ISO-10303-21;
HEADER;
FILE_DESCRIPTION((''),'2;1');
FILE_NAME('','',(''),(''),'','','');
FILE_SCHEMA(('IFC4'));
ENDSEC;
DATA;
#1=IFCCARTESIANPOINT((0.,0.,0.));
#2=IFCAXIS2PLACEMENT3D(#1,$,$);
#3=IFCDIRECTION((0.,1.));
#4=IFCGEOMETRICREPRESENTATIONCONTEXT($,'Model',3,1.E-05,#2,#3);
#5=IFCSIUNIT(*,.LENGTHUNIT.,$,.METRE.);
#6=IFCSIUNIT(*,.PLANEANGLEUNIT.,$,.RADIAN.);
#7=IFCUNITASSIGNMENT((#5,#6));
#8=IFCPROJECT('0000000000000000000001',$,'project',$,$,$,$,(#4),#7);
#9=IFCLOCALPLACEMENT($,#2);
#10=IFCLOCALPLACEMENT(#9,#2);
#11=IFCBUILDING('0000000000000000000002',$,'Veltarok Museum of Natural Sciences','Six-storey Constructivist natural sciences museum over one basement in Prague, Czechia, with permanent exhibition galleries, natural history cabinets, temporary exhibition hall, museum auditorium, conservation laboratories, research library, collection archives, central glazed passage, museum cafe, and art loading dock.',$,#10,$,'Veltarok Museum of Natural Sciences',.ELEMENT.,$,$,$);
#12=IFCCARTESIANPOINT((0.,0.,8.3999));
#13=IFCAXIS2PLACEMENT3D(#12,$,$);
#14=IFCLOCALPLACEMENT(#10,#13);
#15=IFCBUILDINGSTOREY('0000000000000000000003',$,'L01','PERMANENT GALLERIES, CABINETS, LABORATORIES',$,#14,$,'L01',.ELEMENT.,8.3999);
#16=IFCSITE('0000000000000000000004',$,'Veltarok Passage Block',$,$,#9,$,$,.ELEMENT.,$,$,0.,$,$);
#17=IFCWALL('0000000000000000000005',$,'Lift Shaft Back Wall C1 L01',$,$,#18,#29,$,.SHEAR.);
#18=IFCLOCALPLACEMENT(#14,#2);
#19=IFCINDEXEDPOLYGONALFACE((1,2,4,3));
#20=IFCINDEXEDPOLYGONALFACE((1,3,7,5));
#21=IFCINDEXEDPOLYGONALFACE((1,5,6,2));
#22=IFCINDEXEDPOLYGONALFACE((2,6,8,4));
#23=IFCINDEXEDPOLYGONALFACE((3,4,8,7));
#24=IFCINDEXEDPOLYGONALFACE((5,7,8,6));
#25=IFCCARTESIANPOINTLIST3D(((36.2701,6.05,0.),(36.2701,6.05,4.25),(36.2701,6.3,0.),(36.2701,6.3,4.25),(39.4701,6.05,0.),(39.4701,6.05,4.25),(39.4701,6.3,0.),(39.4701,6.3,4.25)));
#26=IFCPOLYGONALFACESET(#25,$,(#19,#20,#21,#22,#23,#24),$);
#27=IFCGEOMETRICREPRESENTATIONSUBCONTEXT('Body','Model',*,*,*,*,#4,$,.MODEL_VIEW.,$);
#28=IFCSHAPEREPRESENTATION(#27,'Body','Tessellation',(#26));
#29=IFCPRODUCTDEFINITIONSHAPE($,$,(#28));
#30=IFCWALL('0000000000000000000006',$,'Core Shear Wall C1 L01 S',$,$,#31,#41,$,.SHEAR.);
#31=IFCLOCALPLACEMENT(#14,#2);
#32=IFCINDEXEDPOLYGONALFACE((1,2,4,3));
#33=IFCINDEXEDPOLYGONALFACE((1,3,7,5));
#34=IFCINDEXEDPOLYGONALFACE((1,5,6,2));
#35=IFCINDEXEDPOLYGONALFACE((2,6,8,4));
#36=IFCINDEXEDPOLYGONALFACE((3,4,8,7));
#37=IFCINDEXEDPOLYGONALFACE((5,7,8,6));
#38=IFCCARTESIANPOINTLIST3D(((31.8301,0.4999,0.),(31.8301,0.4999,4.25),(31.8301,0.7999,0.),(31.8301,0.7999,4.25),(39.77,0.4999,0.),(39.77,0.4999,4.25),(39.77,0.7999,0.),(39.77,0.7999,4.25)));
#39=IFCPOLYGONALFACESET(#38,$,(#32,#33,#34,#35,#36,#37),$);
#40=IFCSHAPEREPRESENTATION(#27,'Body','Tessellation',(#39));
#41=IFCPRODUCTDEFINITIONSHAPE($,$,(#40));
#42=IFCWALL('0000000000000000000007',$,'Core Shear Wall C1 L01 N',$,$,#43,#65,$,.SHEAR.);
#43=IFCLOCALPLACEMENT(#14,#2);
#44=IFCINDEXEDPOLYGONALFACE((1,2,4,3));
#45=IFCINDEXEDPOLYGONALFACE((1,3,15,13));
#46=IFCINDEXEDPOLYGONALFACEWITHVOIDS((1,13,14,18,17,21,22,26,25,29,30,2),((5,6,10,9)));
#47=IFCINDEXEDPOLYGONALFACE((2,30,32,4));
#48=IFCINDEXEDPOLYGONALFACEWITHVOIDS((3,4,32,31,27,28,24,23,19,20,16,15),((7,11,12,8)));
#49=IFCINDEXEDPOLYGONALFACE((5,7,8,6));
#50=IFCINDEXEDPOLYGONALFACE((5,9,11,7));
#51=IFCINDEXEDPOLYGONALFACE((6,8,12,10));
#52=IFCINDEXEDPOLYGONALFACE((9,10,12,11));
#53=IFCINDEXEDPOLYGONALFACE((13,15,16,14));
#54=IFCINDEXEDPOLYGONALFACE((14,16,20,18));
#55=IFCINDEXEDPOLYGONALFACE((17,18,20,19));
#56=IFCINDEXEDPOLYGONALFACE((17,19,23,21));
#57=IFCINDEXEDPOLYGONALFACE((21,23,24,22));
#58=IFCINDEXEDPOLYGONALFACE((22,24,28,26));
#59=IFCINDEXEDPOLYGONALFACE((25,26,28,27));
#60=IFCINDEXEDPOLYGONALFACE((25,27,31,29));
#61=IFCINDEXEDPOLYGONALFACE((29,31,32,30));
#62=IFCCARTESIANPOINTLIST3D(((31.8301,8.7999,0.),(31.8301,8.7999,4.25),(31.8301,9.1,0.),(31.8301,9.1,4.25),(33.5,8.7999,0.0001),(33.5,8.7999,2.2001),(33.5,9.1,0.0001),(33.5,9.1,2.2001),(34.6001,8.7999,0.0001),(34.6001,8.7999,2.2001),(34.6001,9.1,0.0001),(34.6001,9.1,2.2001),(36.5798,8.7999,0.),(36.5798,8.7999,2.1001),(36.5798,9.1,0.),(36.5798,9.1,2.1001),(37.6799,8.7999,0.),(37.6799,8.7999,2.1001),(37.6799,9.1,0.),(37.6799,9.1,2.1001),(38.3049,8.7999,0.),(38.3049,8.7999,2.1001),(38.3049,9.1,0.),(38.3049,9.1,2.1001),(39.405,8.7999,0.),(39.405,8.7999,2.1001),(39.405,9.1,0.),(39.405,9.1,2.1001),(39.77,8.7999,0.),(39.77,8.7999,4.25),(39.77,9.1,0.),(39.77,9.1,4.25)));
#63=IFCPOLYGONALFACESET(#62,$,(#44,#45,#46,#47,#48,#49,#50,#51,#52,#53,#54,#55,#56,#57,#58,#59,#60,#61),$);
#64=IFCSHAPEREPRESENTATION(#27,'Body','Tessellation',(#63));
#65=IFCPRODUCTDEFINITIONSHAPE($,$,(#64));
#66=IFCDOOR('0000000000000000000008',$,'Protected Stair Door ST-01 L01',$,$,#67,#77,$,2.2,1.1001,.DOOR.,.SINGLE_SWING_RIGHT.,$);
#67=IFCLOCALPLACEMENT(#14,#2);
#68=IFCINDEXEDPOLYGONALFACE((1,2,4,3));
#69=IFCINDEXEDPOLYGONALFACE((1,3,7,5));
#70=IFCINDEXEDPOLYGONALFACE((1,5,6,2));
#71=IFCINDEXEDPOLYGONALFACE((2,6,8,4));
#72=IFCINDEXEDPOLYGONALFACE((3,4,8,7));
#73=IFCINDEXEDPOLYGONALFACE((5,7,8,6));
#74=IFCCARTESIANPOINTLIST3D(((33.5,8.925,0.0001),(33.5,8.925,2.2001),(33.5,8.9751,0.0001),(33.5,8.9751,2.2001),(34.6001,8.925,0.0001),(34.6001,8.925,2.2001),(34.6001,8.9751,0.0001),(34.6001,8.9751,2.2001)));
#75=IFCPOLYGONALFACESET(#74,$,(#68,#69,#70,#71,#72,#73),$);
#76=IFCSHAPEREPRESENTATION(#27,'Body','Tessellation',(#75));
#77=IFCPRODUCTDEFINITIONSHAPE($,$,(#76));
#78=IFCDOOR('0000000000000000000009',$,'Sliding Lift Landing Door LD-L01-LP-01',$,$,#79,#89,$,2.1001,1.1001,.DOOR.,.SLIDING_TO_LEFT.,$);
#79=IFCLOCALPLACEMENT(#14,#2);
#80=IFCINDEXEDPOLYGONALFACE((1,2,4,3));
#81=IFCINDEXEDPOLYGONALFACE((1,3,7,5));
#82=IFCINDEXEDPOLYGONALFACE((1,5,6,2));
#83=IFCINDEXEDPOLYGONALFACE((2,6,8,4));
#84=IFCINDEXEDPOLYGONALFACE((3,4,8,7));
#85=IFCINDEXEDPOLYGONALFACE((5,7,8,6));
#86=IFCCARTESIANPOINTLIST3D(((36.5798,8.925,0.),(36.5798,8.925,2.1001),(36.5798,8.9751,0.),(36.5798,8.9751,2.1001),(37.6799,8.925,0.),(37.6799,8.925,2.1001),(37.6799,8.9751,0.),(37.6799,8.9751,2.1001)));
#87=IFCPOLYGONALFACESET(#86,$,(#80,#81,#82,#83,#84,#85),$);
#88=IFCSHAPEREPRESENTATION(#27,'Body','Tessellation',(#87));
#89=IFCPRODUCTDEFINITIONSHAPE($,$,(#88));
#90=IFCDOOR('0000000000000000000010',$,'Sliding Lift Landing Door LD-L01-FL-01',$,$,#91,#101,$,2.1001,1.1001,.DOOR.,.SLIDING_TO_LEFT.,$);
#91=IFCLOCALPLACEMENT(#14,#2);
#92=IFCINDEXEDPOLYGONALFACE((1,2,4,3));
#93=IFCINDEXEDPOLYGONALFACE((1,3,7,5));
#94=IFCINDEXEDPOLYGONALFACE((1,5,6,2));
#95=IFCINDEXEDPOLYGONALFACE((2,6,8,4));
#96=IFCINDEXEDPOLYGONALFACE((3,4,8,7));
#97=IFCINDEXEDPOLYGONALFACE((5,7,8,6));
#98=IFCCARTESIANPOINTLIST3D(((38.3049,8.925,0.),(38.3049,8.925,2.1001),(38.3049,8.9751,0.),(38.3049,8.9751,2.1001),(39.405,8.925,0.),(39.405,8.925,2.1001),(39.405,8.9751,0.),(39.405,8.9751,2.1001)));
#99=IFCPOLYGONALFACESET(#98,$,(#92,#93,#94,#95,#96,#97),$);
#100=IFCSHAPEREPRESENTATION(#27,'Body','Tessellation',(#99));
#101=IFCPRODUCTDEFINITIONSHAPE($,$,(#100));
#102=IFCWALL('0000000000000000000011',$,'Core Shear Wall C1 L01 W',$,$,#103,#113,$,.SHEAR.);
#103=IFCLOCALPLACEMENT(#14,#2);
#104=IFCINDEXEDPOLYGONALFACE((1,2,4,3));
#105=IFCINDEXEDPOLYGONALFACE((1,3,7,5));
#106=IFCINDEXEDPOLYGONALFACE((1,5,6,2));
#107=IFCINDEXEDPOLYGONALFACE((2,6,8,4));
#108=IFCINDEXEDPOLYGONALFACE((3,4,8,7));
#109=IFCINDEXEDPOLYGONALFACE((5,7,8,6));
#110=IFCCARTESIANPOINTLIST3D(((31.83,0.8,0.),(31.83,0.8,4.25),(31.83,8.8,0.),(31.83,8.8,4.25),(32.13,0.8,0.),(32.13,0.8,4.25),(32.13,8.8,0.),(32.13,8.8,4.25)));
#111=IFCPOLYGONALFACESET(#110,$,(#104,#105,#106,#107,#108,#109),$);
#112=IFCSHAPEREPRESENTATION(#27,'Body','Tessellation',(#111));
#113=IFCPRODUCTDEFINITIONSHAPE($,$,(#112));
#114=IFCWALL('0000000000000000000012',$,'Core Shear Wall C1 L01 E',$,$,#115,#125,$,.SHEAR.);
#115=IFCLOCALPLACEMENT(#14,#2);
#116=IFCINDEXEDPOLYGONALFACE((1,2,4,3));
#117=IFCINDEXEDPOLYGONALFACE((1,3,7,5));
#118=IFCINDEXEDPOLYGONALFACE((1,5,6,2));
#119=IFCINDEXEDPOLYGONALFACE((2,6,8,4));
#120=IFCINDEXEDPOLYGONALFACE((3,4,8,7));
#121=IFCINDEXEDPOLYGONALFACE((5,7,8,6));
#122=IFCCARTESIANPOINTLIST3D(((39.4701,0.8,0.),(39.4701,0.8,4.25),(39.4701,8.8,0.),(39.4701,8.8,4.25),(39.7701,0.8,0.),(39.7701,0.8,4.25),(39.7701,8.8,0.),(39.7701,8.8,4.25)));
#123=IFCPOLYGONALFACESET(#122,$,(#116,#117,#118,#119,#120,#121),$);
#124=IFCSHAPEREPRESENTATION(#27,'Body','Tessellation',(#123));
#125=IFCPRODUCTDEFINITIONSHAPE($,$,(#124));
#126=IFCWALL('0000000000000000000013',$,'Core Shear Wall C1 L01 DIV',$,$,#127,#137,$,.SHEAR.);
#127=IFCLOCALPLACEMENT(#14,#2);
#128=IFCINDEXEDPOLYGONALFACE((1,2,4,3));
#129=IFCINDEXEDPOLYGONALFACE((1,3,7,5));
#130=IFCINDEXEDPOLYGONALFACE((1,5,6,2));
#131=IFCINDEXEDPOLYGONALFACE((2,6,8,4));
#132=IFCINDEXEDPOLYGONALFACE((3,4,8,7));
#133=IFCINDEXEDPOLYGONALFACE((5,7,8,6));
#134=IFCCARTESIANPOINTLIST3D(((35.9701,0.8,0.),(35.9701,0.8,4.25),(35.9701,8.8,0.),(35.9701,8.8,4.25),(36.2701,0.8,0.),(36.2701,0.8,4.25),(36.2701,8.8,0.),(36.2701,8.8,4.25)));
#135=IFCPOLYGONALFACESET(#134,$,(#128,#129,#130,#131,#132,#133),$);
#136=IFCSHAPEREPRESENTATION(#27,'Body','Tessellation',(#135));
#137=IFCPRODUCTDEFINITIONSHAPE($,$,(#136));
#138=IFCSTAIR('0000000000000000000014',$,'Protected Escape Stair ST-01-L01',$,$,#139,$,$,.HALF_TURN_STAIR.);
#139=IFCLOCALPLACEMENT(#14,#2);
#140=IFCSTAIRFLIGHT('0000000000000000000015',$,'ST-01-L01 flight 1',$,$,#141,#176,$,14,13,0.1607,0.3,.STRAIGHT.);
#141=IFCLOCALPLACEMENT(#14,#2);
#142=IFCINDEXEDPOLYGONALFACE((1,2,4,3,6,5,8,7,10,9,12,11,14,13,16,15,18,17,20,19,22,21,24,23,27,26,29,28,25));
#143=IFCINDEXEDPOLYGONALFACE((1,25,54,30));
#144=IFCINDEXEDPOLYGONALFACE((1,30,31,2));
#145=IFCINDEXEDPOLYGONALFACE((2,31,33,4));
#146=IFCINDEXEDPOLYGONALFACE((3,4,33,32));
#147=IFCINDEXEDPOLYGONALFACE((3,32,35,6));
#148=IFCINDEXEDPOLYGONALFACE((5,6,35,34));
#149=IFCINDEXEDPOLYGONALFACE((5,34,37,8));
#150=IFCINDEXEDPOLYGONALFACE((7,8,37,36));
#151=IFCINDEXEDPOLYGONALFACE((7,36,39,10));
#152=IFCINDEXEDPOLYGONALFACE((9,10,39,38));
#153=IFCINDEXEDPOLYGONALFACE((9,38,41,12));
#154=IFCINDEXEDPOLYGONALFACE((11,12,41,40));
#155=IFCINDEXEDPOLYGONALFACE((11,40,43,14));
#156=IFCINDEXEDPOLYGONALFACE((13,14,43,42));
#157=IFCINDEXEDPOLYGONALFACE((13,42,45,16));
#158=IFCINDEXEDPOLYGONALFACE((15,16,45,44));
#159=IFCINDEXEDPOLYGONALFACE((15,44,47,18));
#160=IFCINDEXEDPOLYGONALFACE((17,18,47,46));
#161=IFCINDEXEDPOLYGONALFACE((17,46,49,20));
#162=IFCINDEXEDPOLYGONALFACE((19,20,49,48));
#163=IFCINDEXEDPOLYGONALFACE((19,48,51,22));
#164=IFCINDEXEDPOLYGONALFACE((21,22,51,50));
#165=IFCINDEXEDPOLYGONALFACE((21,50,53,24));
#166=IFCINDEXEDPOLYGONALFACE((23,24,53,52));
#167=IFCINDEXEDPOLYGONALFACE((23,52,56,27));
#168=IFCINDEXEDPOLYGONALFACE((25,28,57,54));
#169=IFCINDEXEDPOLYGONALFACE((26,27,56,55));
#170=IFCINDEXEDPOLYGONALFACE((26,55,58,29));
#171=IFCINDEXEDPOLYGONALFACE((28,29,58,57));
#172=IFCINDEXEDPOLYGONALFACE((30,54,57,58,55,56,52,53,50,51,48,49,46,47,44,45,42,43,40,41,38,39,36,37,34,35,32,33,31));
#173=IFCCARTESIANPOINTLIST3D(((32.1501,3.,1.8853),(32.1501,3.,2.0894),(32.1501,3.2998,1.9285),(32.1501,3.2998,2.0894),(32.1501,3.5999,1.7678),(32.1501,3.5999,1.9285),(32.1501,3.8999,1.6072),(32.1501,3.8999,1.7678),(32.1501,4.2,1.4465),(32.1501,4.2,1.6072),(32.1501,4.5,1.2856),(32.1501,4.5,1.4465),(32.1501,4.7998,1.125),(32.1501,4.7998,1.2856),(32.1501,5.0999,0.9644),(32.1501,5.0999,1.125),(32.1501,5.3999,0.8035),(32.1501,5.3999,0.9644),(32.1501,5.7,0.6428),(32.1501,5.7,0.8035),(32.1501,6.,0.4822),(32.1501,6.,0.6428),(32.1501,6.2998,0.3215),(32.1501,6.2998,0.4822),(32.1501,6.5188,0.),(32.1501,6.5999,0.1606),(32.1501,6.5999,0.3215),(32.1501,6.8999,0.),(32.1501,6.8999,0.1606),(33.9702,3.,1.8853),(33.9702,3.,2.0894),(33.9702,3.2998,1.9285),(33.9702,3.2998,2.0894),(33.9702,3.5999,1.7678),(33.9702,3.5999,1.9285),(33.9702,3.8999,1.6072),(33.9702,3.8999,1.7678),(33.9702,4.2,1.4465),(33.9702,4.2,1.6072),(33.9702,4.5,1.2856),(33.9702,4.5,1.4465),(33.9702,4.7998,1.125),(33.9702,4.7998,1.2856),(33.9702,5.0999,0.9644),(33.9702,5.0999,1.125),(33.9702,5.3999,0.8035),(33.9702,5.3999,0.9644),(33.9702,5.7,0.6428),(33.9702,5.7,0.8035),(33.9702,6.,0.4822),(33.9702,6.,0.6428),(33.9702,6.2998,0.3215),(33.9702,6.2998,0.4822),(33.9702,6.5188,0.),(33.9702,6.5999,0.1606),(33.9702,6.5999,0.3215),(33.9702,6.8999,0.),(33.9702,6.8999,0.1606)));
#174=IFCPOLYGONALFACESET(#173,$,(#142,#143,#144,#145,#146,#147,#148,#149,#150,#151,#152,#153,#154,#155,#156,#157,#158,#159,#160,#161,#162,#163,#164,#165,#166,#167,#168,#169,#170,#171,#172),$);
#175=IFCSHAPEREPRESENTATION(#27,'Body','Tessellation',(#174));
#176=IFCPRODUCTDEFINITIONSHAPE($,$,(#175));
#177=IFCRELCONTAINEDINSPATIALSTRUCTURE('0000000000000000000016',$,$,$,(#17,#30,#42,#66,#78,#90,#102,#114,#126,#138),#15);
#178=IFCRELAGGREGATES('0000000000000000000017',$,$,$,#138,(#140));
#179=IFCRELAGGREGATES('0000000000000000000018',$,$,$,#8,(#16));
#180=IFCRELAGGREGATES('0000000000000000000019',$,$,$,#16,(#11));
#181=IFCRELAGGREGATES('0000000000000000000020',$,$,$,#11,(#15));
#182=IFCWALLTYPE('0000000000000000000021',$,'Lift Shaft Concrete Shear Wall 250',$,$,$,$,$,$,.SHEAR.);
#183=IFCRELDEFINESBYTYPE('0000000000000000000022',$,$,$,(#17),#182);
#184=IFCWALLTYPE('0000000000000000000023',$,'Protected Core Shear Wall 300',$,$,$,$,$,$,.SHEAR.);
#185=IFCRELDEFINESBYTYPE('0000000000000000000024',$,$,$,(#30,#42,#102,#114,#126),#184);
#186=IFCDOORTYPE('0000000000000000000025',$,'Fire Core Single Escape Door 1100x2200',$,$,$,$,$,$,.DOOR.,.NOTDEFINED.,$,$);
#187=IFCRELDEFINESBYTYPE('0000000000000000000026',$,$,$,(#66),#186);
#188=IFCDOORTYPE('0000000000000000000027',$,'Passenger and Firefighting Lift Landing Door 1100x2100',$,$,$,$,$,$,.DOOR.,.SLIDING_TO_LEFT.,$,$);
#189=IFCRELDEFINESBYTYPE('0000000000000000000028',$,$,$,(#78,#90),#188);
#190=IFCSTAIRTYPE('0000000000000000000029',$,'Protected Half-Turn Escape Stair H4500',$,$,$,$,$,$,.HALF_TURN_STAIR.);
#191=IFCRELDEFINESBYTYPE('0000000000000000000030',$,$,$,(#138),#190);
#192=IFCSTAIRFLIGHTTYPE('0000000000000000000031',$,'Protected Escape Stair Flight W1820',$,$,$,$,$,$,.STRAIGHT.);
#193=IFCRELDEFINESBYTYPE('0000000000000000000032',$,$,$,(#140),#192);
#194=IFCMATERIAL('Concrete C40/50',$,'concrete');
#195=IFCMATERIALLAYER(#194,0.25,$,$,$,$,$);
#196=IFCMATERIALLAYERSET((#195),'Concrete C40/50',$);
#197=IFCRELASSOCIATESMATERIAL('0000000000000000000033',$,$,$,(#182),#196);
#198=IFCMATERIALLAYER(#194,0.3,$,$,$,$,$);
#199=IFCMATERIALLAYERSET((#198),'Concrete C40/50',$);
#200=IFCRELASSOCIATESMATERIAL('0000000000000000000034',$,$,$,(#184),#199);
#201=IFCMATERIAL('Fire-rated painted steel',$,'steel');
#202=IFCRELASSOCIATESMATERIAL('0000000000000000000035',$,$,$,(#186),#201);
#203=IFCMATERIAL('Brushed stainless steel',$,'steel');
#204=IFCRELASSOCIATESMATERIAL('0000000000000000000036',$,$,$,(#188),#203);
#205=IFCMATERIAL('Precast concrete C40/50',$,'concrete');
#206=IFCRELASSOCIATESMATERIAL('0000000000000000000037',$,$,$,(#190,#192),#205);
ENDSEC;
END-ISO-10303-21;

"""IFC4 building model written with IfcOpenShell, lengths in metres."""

from ifc_helpers import new_model, si_unit, direction, frame, frame_2d, origin, place, context, subcontext, project, spatial, polyline, rectangle, outline, extrude, material, layer, layer_set, type_object, element, fill, aggregate, save


model = new_model("IFC4")

# Units and contexts
model_context = context("Model", 3, precision=1e-05, world=origin(), true_north=direction((0.0, 1.0)))
body_context = subcontext(model_context, "Body", "Model", "MODEL_VIEW")
ifc_project = project(units=[si_unit("LENGTHUNIT", "METRE"), si_unit("PLANEANGLEUNIT", "RADIAN")], contexts=[model_context])

# Site, building, storey
site_placement = place(None, origin())
site = spatial("IfcSite", under=ifc_project, at=site_placement, Name="Veltarok Passage Block", CompositionType="ELEMENT", RefElevation=0.0)
building_placement = place(site_placement, origin())
building = spatial("IfcBuilding", under=site, at=building_placement, Name="Veltarok Museum of Natural Sciences", Description="Six-storey Constructivist natural sciences museum over one basement in Prague, Czechia, with permanent exhibition galleries, natural history cabinets, temporary exhibition hall, museum auditorium, conservation laboratories, research library, collection archives, central glazed passage, museum cafe, and art loading dock.", LongName="Veltarok Museum of Natural Sciences", CompositionType="ELEMENT")
storey_placement = place(building_placement, frame((0.0, 0.0, 8.3999)))
storey = spatial("IfcBuildingStorey", under=building, at=storey_placement, Name="L01", Description="PERMANENT GALLERIES, CABINETS, LABORATORIES", LongName="L01", CompositionType="ELEMENT", Elevation=8.3999)

# Shared definitions
ifc_material_1 = material(Name="Concrete C40/50", Category="concrete")

# Walls
ifc_material_2 = material(Name="Precast concrete C40/50", Category="concrete")
ifc_layer_1 = layer(ifc_material_1, 0.25)
ifc_layer_set_1 = layer_set([ifc_layer_1], Name="Concrete C40/50")
wall_type_1 = type_object("IfcWallType", Name="Lift Shaft Concrete Shear Wall 250", PredefinedType="SHEAR", material=ifc_layer_set_1)
wall_1_placement = place(storey_placement, frame((36.27, 6.175, 0.0), z_axis=(0.0, 0.0, 1.0), x_axis=(1.0, 0.0, 0.0)))
element("IfcWall", 1, at=wall_1_placement, inside=storey, type_object=wall_type_1, Name="Lift Shaft Back Wall C1 L01", PredefinedType="SHEAR", context=body_context, shape_type="SweptSolid", body=[
    extrude(rectangle(XDim=3.2, YDim=0.25, at=frame_2d((1.6001, 0.0))), origin(), (0.0, 0.0, 1.0), 4.25),
])
ifc_layer_2 = layer(ifc_material_1, 0.3)
ifc_layer_set_2 = layer_set([ifc_layer_2], Name="Concrete C40/50")
wall_type_2 = type_object("IfcWallType", Name="Protected Core Shear Wall 300", PredefinedType="SHEAR", material=ifc_layer_set_2)
wall_2_placement = place(storey_placement, frame((31.8301, 0.6499, 0.0), z_axis=(0.0, 0.0, 1.0), x_axis=(1.0, 0.0, 0.0)))
element("IfcWall", 2, at=wall_2_placement, inside=storey, type_object=wall_type_2, Name="Core Shear Wall C1 L01 S", PredefinedType="SHEAR", context=body_context, shape_type="SweptSolid", body=[
    extrude(rectangle(XDim=7.9399, YDim=0.3, at=frame_2d((3.97, 0.0))), origin(), (0.0, 0.0, 1.0), 4.25),
])

# Wall, openings, doors
wall_3_placement = place(storey_placement, frame((39.77, 8.95, 0.0), z_axis=(0.0, 0.0, 1.0), x_axis=(-1.0, 0.0, 0.0)))
wall_3 = element("IfcWall", 3, at=wall_3_placement, inside=storey, type_object=wall_type_2, Name="Core Shear Wall C1 L01 N", PredefinedType="SHEAR", context=body_context, shape_type="SweptSolid", body=[
    extrude(rectangle(XDim=7.9399, YDim=0.3, at=frame_2d((3.97, 0.0))), origin(), (0.0, 0.0, 1.0), 4.25),
])
opening_1_placement = place(wall_3_placement, frame((5.1699, 0.0, 0.0)))
opening_1 = element("IfcOpeningElement", 4, at=opening_1_placement, cuts=wall_3, PredefinedType="OPENING", context=body_context, shape_type="SweptSolid", body=[
    extrude(rectangle(XDim=1.1001, YDim=2.2, at=frame_2d((0.55, 1.1001))), frame((0.0, 0.1602, 0.0), z_axis=(0.0, -1.0, 0.0), x_axis=(1.0, 0.0, 0.0)), (0.0, 0.0, 1.0), 0.3201),
])
opening_2_placement = place(wall_3_placement, frame((2.0901, 0.0, 0.0)))
opening_2 = element("IfcOpeningElement", 5, at=opening_2_placement, cuts=wall_3, PredefinedType="OPENING", context=body_context, shape_type="SweptSolid", body=[
    extrude(rectangle(XDim=1.1001, YDim=2.1001, at=frame_2d((0.55, 1.05))), frame((0.0, 0.1602, 0.0), z_axis=(0.0, -1.0, 0.0), x_axis=(1.0, 0.0, 0.0)), (0.0, 0.0, 1.0), 0.3201),
])
opening_3_placement = place(wall_3_placement, frame((0.365, 0.0, 0.0)))
opening_3 = element("IfcOpeningElement", 6, at=opening_3_placement, cuts=wall_3, PredefinedType="OPENING", context=body_context, shape_type="SweptSolid", body=[
    extrude(rectangle(XDim=1.1001, YDim=2.1001, at=frame_2d((0.55, 1.05))), frame((0.0, 0.1602, 0.0), z_axis=(0.0, -1.0, 0.0), x_axis=(1.0, 0.0, 0.0)), (0.0, 0.0, 1.0), 0.3201),
])
ifc_material_3 = material(Name="Fire-rated painted steel", Category="steel")
door_type_1 = type_object("IfcDoorType", Name="Fire Core Single Escape Door 1100x2200", OperationType="NOTDEFINED", PredefinedType="DOOR", material=ifc_material_3)
door_1_placement = place(opening_1_placement, origin())
door_1 = element("IfcDoor", 7, at=door_1_placement, inside=storey, type_object=door_type_1, Name="Protected Stair Door ST-01 L01", OperationType="SINGLE_SWING_RIGHT", OverallHeight=2.2, OverallWidth=1.1001, PredefinedType="DOOR", context=body_context, shape_type="SweptSolid", body=[
    extrude(rectangle(XDim=1.1001, YDim=2.2, at=frame_2d((0.55, 1.1001))), frame((0.0, 0.0249, 0.0), z_axis=(0.0, -1.0, 0.0), x_axis=(1.0, 0.0, 0.0)), (0.0, 0.0, 1.0), 0.05),
])
fill(opening_1, door_1)
ifc_material_4 = material(Name="Brushed stainless steel", Category="steel")
door_type_2 = type_object("IfcDoorType", Name="Passenger and Firefighting Lift Landing Door 1100x2100", OperationType="SLIDING_TO_LEFT", PredefinedType="DOOR", material=ifc_material_4)
door_2_placement = place(opening_2_placement, origin())
door_2 = element("IfcDoor", 8, at=door_2_placement, inside=storey, type_object=door_type_2, Name="Sliding Lift Landing Door LD-L01-LP-01", OperationType="SLIDING_TO_LEFT", OverallHeight=2.1001, OverallWidth=1.1001, PredefinedType="DOOR", context=body_context, shape_type="SweptSolid", body=[
    extrude(rectangle(XDim=1.1001, YDim=2.1001, at=frame_2d((0.55, 1.05))), frame((0.0, 0.0249, 0.0), z_axis=(0.0, -1.0, 0.0), x_axis=(1.0, 0.0, 0.0)), (0.0, 0.0, 1.0), 0.05),
])
fill(opening_2, door_2)
door_3_placement = place(opening_3_placement, origin())
door_3 = element("IfcDoor", 9, at=door_3_placement, inside=storey, type_object=door_type_2, Name="Sliding Lift Landing Door LD-L01-FL-01", OperationType="SLIDING_TO_LEFT", OverallHeight=2.1001, OverallWidth=1.1001, PredefinedType="DOOR", context=body_context, shape_type="SweptSolid", body=[
    extrude(rectangle(XDim=1.1001, YDim=2.1001, at=frame_2d((0.55, 1.05))), frame((0.0, 0.0249, 0.0), z_axis=(0.0, -1.0, 0.0), x_axis=(1.0, 0.0, 0.0)), (0.0, 0.0, 1.0), 0.05),
])
fill(opening_3, door_3)

# Walls
for number, where, z_axis, x_axis, name in (
    (10, (31.98, 8.8, 0.0), (0.0, 0.0, 1.0), (0.0, -1.0, 0.0), "Core Shear Wall C1 L01 W"),
    (11, (39.6201, 0.8, 0.0), (0.0, 0.0, 1.0), (0.0, 1.0, 0.0), "Core Shear Wall C1 L01 E"),
    (12, (36.1201, 0.8, 0.0), (0.0, 0.0, 1.0), (0.0, 1.0, 0.0), "Core Shear Wall C1 L01 DIV"),
):
    element("IfcWall", number, at=place(storey_placement, frame(where, z_axis=z_axis, x_axis=x_axis)), inside=storey, type_object=wall_type_2, Name=name, PredefinedType="SHEAR", context=body_context, shape_type="SweptSolid", body=[
        extrude(rectangle(XDim=8.0, YDim=0.3, at=frame_2d((4.0, 0.0))), origin(), (0.0, 0.0, 1.0), 4.25),
    ])

# Stair, stair flight
stair_type = type_object("IfcStairType", Name="Protected Half-Turn Escape Stair H4500", PredefinedType="HALF_TURN_STAIR", material=ifc_material_2)
stair_placement = place(storey_placement, origin())
stair = element("IfcStair", 13, at=stair_placement, inside=storey, type_object=stair_type, Name="Protected Escape Stair ST-01-L01", PredefinedType="HALF_TURN_STAIR")
stair_flight_type = type_object("IfcStairFlightType", Name="Protected Escape Stair Flight W1820", PredefinedType="STRAIGHT", material=ifc_material_2)
stair_flight_1_placement = place(storey_placement, frame((33.0601, 6.8999, 0.0), z_axis=(0.0, 0.0, 1.0), x_axis=(0.0, -1.0, 0.0)))
stair_flight_1 = element("IfcStairFlight", 14, at=stair_flight_1_placement, type_object=stair_flight_type, Name="ST-01-L01 flight 1", NumberOfRisers=14, NumberOfTreads=13, PredefinedType="STRAIGHT", RiserHeight=0.1607, TreadLength=0.3, context=body_context, shape_type="SweptSolid", body=[
    extrude(outline(polyline([(0.0, 0.0), (0.0, 0.1606), (0.3, 0.1606), (0.3, 0.3215), (0.6001, 0.3215), (0.6001, 0.4822), (0.8999, 0.4822), (0.8999, 0.6428), (1.2, 0.6428), (1.2, 0.8035), (1.5, 0.8035), (1.5, 0.9644), (1.8, 0.9644), (1.8, 1.125), (2.1001, 1.125), (2.1001, 1.2856), (2.3999, 1.2856), (2.3999, 1.4465), (2.7, 1.4465), (2.7, 1.6072), (3.0, 1.6072), (3.0, 1.7678), (3.3, 1.7678), (3.3, 1.9285), (3.6001, 1.9285), (3.6001, 2.0894), (3.8999, 2.0894), (3.8999, 2.25), (3.8999, 1.8853), (0.3811, 0.0), (0.0, 0.0)])), frame((0.0, 0.9102, 0.0), z_axis=(0.0, -1.0, 0.0), x_axis=(1.0, 0.0, 0.0)), (0.0, 0.0, 1.0), 1.8201),
])
aggregate(stair, [stair_flight_1])

save(model, "model.ifc")
